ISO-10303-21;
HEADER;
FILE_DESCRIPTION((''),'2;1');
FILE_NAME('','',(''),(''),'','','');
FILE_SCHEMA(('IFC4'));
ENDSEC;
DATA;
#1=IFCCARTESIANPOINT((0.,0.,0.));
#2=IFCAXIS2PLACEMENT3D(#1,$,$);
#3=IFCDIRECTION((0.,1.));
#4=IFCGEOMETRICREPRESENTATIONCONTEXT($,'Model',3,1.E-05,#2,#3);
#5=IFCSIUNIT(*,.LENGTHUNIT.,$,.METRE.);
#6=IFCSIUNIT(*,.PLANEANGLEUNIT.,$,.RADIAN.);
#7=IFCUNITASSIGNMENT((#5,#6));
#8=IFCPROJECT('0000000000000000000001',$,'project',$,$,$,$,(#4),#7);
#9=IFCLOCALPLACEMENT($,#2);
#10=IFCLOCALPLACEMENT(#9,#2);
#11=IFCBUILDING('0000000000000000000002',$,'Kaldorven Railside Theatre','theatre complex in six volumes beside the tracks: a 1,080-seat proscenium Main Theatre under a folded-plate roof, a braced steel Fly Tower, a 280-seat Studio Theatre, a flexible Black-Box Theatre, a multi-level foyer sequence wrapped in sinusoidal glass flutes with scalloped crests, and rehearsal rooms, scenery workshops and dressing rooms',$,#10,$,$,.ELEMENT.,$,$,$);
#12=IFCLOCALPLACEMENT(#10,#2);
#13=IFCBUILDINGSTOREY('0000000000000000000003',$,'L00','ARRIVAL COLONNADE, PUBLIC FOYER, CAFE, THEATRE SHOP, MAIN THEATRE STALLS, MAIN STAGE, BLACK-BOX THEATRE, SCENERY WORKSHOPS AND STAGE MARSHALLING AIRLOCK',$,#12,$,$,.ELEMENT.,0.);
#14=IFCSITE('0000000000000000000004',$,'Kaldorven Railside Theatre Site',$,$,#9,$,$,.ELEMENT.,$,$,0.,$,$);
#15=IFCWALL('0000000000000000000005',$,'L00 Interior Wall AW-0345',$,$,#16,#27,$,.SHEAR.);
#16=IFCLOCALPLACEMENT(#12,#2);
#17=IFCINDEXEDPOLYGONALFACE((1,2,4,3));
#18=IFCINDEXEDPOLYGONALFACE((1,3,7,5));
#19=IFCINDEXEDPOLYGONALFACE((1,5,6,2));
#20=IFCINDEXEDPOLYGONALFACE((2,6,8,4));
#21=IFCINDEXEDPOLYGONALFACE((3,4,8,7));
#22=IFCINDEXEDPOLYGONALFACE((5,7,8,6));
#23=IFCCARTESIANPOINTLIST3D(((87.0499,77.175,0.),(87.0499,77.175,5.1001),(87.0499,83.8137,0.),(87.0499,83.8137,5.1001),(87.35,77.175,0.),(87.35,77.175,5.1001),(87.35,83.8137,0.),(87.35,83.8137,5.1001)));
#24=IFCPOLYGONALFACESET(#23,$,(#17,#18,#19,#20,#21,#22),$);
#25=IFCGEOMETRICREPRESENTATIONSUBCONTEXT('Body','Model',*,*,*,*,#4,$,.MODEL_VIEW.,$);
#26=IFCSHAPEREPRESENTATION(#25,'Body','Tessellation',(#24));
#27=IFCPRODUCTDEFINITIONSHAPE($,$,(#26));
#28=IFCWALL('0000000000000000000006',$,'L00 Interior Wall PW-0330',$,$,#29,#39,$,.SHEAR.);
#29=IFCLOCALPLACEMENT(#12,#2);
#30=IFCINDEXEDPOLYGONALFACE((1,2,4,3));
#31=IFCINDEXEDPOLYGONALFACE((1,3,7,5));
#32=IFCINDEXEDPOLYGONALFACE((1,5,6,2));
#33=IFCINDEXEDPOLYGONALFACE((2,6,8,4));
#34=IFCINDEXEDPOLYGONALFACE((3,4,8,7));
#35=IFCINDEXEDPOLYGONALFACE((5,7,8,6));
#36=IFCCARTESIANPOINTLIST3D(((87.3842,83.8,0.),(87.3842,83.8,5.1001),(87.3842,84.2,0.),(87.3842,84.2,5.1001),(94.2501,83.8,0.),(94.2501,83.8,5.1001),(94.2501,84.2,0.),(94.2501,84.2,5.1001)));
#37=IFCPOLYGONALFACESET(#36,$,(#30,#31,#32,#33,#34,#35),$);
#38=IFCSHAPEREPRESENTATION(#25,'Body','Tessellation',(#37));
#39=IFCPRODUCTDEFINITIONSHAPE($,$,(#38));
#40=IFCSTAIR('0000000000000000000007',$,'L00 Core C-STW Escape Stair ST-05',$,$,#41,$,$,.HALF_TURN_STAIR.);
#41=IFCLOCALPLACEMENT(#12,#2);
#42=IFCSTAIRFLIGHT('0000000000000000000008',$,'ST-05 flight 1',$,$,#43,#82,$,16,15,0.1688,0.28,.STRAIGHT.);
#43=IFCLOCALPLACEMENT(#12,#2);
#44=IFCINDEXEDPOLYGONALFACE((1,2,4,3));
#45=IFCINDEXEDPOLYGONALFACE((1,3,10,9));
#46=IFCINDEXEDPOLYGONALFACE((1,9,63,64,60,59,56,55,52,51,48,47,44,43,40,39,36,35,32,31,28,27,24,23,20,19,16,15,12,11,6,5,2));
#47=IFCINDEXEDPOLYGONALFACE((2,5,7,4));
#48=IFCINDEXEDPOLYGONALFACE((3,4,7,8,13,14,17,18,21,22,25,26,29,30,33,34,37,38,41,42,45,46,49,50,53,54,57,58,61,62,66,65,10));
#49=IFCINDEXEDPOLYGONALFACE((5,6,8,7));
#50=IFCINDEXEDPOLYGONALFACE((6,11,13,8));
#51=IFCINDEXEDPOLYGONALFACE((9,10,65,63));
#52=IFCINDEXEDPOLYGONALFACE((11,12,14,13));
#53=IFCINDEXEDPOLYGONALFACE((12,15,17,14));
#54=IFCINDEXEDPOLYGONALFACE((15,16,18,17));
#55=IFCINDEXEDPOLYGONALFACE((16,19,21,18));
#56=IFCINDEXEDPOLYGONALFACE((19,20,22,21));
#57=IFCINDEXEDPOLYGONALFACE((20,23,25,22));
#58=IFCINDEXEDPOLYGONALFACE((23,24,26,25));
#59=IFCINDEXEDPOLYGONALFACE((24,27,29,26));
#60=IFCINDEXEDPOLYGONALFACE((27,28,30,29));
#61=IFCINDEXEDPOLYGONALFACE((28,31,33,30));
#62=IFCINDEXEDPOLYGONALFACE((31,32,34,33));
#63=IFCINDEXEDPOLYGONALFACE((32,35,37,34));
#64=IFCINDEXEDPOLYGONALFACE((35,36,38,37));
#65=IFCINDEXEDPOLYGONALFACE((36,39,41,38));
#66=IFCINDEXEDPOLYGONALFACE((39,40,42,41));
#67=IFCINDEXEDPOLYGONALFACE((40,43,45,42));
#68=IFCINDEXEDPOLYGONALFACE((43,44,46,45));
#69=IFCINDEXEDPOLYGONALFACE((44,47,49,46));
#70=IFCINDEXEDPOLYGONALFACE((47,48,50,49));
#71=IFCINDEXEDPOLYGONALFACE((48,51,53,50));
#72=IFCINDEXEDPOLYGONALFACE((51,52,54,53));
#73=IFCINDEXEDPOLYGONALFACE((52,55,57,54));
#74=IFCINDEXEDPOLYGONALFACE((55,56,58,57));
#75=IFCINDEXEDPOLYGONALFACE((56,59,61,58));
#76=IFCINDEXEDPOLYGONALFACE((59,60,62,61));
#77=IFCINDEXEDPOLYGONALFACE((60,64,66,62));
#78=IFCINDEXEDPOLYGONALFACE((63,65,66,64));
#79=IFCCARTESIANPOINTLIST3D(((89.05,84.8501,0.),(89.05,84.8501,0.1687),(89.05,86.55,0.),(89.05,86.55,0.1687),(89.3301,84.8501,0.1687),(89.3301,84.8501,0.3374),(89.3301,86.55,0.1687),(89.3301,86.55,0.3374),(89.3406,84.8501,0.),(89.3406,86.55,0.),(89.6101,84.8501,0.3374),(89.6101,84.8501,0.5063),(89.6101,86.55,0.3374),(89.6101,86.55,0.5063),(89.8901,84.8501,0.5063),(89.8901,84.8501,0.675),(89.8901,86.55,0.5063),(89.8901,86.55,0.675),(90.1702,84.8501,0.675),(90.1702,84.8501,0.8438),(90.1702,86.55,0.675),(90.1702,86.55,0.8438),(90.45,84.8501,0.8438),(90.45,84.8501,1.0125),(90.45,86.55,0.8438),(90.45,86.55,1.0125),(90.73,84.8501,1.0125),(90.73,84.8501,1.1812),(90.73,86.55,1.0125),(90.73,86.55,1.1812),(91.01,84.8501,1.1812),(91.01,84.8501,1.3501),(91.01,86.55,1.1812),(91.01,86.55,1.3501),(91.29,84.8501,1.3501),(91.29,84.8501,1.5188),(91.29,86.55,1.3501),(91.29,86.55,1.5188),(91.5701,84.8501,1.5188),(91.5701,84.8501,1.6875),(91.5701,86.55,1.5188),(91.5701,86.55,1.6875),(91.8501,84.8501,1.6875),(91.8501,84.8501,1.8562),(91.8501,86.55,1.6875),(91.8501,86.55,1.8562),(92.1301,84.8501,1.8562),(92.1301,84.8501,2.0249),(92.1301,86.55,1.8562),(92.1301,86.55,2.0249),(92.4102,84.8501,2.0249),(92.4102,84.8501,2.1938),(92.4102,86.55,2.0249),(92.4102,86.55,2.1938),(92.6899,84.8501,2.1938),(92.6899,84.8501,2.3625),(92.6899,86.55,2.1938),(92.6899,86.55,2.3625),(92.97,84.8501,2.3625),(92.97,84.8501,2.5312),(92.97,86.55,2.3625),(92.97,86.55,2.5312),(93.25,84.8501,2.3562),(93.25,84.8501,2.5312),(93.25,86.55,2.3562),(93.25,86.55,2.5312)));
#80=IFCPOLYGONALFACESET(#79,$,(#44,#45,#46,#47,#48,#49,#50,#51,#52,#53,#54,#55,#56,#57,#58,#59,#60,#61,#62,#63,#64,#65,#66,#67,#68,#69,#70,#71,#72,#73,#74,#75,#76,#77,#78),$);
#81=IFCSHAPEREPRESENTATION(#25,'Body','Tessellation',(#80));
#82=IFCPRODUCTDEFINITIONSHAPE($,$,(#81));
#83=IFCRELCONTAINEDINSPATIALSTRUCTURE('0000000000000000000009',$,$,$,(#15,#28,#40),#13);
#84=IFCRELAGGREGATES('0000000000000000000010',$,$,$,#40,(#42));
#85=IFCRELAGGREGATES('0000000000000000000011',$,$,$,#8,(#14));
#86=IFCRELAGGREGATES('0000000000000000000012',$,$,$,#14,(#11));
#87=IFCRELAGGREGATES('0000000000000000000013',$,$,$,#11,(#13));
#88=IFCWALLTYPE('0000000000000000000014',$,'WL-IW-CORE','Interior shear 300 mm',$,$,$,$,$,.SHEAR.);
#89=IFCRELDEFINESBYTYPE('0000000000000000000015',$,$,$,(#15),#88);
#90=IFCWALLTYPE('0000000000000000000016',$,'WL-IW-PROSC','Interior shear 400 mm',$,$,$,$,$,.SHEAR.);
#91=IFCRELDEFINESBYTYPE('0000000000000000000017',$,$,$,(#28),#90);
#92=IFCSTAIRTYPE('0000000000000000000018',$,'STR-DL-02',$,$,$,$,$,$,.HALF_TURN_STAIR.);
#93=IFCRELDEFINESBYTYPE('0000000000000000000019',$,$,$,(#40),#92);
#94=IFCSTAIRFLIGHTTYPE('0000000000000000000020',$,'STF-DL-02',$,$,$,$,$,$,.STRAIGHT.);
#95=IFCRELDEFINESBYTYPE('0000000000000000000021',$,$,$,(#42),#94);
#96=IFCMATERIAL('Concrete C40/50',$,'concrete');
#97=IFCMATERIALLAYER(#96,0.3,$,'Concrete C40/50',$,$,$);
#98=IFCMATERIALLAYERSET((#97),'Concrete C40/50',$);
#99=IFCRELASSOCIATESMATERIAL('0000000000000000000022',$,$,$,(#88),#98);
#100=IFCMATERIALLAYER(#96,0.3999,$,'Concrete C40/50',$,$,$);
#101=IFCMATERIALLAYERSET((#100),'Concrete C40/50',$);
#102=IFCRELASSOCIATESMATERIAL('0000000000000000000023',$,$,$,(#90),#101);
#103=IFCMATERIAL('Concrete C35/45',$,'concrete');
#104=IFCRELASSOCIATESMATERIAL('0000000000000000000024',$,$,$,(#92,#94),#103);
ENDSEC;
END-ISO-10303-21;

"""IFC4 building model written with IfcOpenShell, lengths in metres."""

from ifc_helpers import new_model, si_unit, direction, frame, frame_2d, origin, place, context, subcontext, project, spatial, polyline, rectangle, outline, extrude, material, layer, layer_set, type_object, element, aggregate, save


model = new_model("IFC4")

# Units and contexts
model_context = context("Model", 3, precision=1e-05, world=origin(), true_north=direction((0.0, 1.0)))
body_context = subcontext(model_context, "Body", "Model", "MODEL_VIEW")
ifc_project = project(units=[si_unit("LENGTHUNIT", "METRE"), si_unit("PLANEANGLEUNIT", "RADIAN")], contexts=[model_context])

# Site, building, storey
site_placement = place(None, origin())
site = spatial("IfcSite", under=ifc_project, at=site_placement, Name="Kaldorven Railside Theatre Site", CompositionType="ELEMENT", RefElevation=0.0)
building_placement = place(site_placement, origin())
building = spatial("IfcBuilding", under=site, at=building_placement, Name="Kaldorven Railside Theatre", Description="theatre complex in six volumes beside the tracks: a 1,080-seat proscenium Main Theatre under a folded-plate roof, a braced steel Fly Tower, a 280-seat Studio Theatre, a flexible Black-Box Theatre, a multi-level foyer sequence wrapped in sinusoidal glass flutes with scalloped crests, and rehearsal rooms, scenery workshops and dressing rooms", CompositionType="ELEMENT")
storey_placement = place(building_placement, origin())
storey = spatial("IfcBuildingStorey", under=building, at=storey_placement, Name="L00", Description="ARRIVAL COLONNADE, PUBLIC FOYER, CAFE, THEATRE SHOP, MAIN THEATRE STALLS, MAIN STAGE, BLACK-BOX THEATRE, SCENERY WORKSHOPS AND STAGE MARSHALLING AIRLOCK", CompositionType="ELEMENT", Elevation=0.0)

# Shared definitions
ifc_material_1 = material(Name="Concrete C40/50", Category="concrete")

# Shared definitions
ifc_layer_1 = layer(ifc_material_1, 0.3, Name="Concrete C40/50")
ifc_layer_set_1 = layer_set([ifc_layer_1], Name="Concrete C40/50")
wall_type_1 = type_object("IfcWallType", Name="WL-IW-CORE", Description="Interior shear 300 mm", PredefinedType="SHEAR", material=ifc_layer_set_1)

# Walls
wall_1_placement = place(storey_placement, frame((87.2, 77.175, 0.0), z_axis=(0.0, 0.0, 1.0), x_axis=(0.0, 1.0, 0.0)))
element("IfcWall", 1, at=wall_1_placement, inside=storey, type_object=wall_type_1, Name="L00 Interior Wall AW-0345", PredefinedType="SHEAR", context=body_context, shape_type="SweptSolid", body=[
    extrude(rectangle(XDim=6.6387, YDim=0.3, at=frame_2d((3.3193, 0.0))), origin(), (0.0, 0.0, 1.0), 5.1001),
])
ifc_layer_2 = layer(ifc_material_1, 0.3999, Name="Concrete C40/50")
ifc_layer_set_2 = layer_set([ifc_layer_2], Name="Concrete C40/50")
wall_type_2 = type_object("IfcWallType", Name="WL-IW-PROSC", Description="Interior shear 400 mm", PredefinedType="SHEAR", material=ifc_layer_set_2)
wall_2_placement = place(storey_placement, frame((87.384, 84.0, 0.0), z_axis=(0.0, 0.0, 1.0), x_axis=(1.0, 0.0, 0.0)))
element("IfcWall", 2, at=wall_2_placement, inside=storey, type_object=wall_type_2, Name="L00 Interior Wall PW-0330", PredefinedType="SHEAR", context=body_context, shape_type="SweptSolid", body=[
    extrude(rectangle(XDim=6.866, YDim=0.3999, at=frame_2d((3.4331, 0.0))), origin(), (0.0, 0.0, 1.0), 5.1001),
])

# Stair, stair flight
ifc_material_2 = material(Name="Concrete C35/45", Category="concrete")
stair_type = type_object("IfcStairType", Name="STR-DL-02", PredefinedType="HALF_TURN_STAIR", material=ifc_material_2)
stair_placement = place(storey_placement, origin())
stair = element("IfcStair", 3, at=stair_placement, inside=storey, type_object=stair_type, Name="L00 Core C-STW Escape Stair ST-05", PredefinedType="HALF_TURN_STAIR")
stair_flight_type = type_object("IfcStairFlightType", Name="STF-DL-02", PredefinedType="STRAIGHT", material=ifc_material_2)
stair_flight_placement = place(storey_placement, frame((89.05, 85.7, 0.0), z_axis=(0.0, 0.0, 1.0), x_axis=(1.0, 0.0, 0.0)))
stair_flight = element("IfcStairFlight", 4, at=stair_flight_placement, type_object=stair_flight_type, Name="ST-05 flight 1", NumberOfRisers=16, NumberOfTreads=15, PredefinedType="STRAIGHT", RiserHeight=0.1688, TreadLength=0.28, context=body_context, shape_type="SweptSolid", body=[
    extrude(outline(polyline([(0.0, 0.0), (0.0, 0.1687), (0.28, 0.1687), (0.28, 0.3374), (0.5601, 0.3374), (0.5601, 0.5063), (0.8401, 0.5063), (0.8401, 0.675), (1.1201, 0.675), (1.1201, 0.8438), (1.3999, 0.8438), (1.3999, 1.0125), (1.6799, 1.0125), (1.6799, 1.1812), (1.96, 1.1812), (1.96, 1.3501), (2.24, 1.3501), (2.24, 1.5188), (2.52, 1.5188), (2.52, 1.6875), (2.8, 1.6875), (2.8, 1.8562), (3.0801, 1.8562), (3.0801, 2.0249), (3.3601, 2.0249), (3.3601, 2.1938), (3.6399, 2.1938), (3.6399, 2.3625), (3.9199, 2.3625), (3.9199, 2.5312), (4.2, 2.5312), (4.2, 2.7), (4.2, 2.3562), (0.2905, 0.0), (0.0, 0.0)])), frame((0.0, 0.8501, 0.0), z_axis=(0.0, -1.0, 0.0), x_axis=(1.0, 0.0, 0.0)), (0.0, 0.0, 1.0), 1.7),
])
aggregate(stair, [stair_flight])

save(model, "model.ifc")
